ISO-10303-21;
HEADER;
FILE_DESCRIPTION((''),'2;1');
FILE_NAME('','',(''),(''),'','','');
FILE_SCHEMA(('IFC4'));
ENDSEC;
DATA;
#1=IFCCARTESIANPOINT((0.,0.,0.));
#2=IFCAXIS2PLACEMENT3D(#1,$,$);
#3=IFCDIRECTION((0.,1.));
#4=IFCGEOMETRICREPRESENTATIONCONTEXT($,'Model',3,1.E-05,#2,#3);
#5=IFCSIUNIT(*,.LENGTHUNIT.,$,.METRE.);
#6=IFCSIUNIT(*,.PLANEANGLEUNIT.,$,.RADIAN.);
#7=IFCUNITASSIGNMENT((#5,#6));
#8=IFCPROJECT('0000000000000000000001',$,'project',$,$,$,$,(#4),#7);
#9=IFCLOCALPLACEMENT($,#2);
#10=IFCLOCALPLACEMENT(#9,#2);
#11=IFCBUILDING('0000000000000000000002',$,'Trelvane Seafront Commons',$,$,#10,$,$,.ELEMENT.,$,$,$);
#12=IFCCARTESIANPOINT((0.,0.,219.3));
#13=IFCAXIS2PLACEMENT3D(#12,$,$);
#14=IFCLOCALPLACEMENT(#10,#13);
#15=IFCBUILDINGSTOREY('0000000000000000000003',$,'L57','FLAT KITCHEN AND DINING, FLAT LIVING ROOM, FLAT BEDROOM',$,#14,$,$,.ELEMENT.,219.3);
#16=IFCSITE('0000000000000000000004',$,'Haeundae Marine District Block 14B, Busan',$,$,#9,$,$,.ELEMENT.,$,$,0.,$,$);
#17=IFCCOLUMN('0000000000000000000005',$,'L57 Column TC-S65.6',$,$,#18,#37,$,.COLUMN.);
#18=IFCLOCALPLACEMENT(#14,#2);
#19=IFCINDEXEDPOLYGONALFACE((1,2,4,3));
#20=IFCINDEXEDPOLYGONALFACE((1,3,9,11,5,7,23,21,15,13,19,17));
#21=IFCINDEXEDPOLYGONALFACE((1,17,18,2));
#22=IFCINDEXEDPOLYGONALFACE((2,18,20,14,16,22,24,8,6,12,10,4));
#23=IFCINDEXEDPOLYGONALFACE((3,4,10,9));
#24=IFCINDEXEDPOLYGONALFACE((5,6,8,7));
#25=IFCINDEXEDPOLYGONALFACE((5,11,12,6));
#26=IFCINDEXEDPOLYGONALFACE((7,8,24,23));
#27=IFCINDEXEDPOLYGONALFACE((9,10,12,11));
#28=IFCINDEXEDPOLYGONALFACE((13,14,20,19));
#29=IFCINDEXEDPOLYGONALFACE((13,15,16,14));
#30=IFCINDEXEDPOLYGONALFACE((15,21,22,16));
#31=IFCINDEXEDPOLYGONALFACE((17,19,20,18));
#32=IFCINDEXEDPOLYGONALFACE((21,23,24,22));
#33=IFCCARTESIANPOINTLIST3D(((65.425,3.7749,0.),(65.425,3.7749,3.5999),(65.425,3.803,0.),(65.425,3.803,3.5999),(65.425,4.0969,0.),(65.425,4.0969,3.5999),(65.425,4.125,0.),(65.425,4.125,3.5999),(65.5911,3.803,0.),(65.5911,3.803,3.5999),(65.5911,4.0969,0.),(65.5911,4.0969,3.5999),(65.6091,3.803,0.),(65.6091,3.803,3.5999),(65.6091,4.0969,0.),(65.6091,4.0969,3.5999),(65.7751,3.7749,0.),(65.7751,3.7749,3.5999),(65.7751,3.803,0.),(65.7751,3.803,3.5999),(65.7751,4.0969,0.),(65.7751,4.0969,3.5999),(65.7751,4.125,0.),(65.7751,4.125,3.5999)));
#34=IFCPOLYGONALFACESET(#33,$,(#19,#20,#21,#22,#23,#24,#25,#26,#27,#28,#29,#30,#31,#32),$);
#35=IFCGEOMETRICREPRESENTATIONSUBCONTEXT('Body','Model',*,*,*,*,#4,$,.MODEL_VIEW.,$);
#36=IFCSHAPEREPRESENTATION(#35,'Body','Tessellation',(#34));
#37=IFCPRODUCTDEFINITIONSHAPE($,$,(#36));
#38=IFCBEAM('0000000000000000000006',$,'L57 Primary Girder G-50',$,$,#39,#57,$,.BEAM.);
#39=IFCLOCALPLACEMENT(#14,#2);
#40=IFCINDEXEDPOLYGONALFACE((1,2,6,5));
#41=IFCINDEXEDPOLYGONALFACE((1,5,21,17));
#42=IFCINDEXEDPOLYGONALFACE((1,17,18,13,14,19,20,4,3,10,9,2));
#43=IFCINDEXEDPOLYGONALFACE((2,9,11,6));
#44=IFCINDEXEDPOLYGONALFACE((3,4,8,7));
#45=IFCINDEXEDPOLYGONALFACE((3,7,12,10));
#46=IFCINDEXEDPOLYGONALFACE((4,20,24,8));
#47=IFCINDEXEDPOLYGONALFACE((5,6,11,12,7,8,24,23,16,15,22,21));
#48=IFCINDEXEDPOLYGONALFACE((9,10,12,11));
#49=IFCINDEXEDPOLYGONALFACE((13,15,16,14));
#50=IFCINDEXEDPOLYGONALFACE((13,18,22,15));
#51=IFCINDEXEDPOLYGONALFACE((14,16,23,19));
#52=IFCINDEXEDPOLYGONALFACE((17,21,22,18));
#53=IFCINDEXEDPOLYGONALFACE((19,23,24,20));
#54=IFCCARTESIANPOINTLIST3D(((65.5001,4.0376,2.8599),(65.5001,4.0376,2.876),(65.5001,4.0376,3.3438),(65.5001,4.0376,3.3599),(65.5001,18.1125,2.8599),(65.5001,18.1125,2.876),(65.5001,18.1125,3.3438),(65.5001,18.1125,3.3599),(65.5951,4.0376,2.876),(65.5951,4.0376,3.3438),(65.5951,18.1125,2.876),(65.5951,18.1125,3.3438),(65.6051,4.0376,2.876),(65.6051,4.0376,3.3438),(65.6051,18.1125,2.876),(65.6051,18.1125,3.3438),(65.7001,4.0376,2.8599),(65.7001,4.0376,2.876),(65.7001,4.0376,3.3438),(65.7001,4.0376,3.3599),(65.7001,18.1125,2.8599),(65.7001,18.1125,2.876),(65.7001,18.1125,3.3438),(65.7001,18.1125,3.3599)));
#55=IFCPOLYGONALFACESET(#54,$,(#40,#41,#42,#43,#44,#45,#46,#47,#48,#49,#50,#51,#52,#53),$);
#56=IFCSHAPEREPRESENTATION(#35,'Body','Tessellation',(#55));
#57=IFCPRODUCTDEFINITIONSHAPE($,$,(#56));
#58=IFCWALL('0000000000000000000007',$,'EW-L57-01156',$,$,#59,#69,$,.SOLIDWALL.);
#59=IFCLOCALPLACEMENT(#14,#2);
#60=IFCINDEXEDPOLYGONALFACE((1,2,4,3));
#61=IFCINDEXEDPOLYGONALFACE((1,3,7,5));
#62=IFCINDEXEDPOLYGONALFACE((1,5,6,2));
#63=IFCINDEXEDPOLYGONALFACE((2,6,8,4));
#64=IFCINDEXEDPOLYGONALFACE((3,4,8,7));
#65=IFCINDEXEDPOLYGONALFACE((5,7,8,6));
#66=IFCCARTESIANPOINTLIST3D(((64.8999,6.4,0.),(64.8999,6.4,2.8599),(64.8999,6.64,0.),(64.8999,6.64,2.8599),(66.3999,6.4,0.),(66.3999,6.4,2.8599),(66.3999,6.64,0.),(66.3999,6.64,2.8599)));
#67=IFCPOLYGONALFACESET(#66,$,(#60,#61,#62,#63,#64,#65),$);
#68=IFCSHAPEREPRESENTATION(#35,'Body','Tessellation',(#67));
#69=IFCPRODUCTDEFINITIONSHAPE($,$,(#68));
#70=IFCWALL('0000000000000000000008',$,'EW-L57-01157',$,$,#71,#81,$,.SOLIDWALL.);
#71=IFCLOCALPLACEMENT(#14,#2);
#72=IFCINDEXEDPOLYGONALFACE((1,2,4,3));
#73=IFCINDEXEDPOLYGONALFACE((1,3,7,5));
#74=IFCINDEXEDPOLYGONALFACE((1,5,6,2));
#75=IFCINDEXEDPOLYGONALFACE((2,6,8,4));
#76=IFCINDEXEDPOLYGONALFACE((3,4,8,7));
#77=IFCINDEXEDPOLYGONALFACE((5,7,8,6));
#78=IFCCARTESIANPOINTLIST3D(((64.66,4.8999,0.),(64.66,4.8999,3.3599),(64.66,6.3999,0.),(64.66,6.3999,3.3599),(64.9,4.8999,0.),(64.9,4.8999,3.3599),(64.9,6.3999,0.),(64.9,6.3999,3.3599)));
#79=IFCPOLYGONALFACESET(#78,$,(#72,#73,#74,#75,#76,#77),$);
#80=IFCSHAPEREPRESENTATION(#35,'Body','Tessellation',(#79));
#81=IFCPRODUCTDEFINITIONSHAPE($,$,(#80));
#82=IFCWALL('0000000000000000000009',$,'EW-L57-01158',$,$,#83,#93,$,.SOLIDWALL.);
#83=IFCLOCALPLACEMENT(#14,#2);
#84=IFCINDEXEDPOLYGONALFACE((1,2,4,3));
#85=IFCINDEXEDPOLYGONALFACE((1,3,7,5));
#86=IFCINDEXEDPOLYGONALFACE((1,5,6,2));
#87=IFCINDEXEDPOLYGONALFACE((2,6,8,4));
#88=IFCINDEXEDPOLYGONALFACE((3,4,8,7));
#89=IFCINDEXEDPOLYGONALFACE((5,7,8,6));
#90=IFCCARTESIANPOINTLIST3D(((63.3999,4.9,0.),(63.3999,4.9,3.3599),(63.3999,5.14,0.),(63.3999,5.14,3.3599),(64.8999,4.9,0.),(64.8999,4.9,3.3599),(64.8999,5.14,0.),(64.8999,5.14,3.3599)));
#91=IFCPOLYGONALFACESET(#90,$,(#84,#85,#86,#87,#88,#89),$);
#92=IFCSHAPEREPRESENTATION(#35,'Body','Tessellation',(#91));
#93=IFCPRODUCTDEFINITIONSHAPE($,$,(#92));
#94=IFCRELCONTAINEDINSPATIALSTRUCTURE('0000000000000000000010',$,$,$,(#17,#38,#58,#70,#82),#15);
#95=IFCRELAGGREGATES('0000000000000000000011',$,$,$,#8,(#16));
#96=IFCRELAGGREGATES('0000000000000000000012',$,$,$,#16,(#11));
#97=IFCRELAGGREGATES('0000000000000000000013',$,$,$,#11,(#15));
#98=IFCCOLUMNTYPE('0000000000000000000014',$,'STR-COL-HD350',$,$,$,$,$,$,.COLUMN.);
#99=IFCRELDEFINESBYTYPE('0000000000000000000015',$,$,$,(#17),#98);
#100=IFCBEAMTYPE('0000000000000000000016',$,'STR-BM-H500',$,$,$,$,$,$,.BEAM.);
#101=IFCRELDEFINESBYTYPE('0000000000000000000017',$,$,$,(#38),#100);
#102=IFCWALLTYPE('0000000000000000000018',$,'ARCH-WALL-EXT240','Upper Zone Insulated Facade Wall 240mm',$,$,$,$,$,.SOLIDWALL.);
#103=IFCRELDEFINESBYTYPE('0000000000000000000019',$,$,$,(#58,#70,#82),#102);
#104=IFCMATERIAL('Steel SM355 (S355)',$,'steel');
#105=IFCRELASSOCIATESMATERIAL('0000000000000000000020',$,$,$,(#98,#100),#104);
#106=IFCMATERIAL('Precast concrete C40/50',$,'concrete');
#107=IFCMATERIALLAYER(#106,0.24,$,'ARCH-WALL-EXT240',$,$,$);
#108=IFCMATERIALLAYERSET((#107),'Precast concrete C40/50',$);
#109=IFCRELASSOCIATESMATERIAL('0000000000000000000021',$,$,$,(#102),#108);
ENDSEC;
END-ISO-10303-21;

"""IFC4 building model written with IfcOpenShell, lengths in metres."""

from ifc_helpers import new_model, si_unit, direction, frame, frame_2d, origin, origin_2d, place, context, subcontext, project, spatial, rectangle, i_section, extrude, source, transform, mapped, material, layer, layer_set, material_profile, profile_set, type_object, element, save


model = new_model("IFC4")

# Units and contexts
model_context = context("Model", 3, precision=1e-05, world=origin(), true_north=direction((0.0, 1.0)))
body_context = subcontext(model_context, "Body", "Model", "MODEL_VIEW")
ifc_project = project(units=[si_unit("LENGTHUNIT", "METRE"), si_unit("PLANEANGLEUNIT", "RADIAN")], contexts=[model_context])

# Site, building, storey
site_placement = place(None, origin())
site = spatial("IfcSite", under=ifc_project, at=site_placement, Name="Haeundae Marine District Block 14B, Busan", CompositionType="ELEMENT", RefElevation=0.0)
building_placement = place(site_placement, origin())
building = spatial("IfcBuilding", under=site, at=building_placement, Name="Trelvane Seafront Commons", CompositionType="ELEMENT")
storey_placement = place(building_placement, frame((0.0, 0.0, 219.3)))
storey = spatial("IfcBuildingStorey", under=building, at=storey_placement, Name="L57", Description="FLAT KITCHEN AND DINING, FLAT LIVING ROOM, FLAT BEDROOM", CompositionType="ELEMENT", Elevation=219.3)

# Column
ifc_material_1 = material(Name="Steel SM355 (S355)", Category="steel")
ifc_material_profile_1 = material_profile(ifc_material_1, i_section(OverallWidth=0.3501, OverallDepth=0.3501, WebThickness=0.0181, FlangeThickness=0.0281, at=origin_2d()), Name="HD-350x350x18x28")
ifc_profile_set_1 = profile_set([ifc_material_profile_1], Name="Steel SM355 (S355)")
column_type = type_object("IfcColumnType", Name="STR-COL-HD350", PredefinedType="COLUMN", material=ifc_profile_set_1)
shared_shape_1 = source(origin(), body_context, "Body", "SweptSolid", [
    extrude(i_section(OverallWidth=0.3501, OverallDepth=0.3501, WebThickness=0.0181, FlangeThickness=0.0281, at=origin_2d()), origin(), (0.0, 0.0, 1.0), 3.5999),
])
column_placement = place(storey_placement, frame((65.6001, 3.95, 0.0), z_axis=(0.0, 0.0, 1.0), x_axis=(1.0, 0.0, 0.0)))
element("IfcColumn", 1, at=column_placement, inside=storey, type_object=column_type, Name="L57 Column TC-S65.6", PredefinedType="COLUMN", context=body_context, shape_type="MappedRepresentation", body=[
    mapped(shared_shape_1, transform((0.0, 0.0, 0.0), x_axis=(1.0, 0.0, 0.0), y_axis=(0.0, 1.0, 0.0), z_axis=(0.0, 0.0, 1.0), scale=1.0)),
])

# Beam
ifc_material_profile_2 = material_profile(ifc_material_1, i_section(OverallWidth=0.2, OverallDepth=0.5, WebThickness=0.01, FlangeThickness=0.0161, at=origin_2d()), Name="H-500x200x10x16")
ifc_profile_set_2 = profile_set([ifc_material_profile_2], Name="Steel SM355 (S355)")
beam_type = type_object("IfcBeamType", Name="STR-BM-H500", PredefinedType="BEAM", material=ifc_profile_set_2)
shared_shape_2 = source(origin(), body_context, "Body", "SweptSolid", [
    extrude(i_section(OverallWidth=0.2, OverallDepth=0.5, WebThickness=0.01, FlangeThickness=0.0161, at=origin_2d()), origin(), (0.0, 0.0, 1.0), 14.075),
])
beam_placement = place(storey_placement, frame((65.6001, 4.0376, 3.1099), z_axis=(0.0, 1.0, 0.0), x_axis=(-1.0, 0.0, 0.0)))
element("IfcBeam", 2, at=beam_placement, inside=storey, type_object=beam_type, Name="L57 Primary Girder G-50", PredefinedType="BEAM", context=body_context, shape_type="MappedRepresentation", body=[
    mapped(shared_shape_2, transform((0.0, 0.0, 0.0), x_axis=(1.0, 0.0, 0.0), y_axis=(0.0, 1.0, 0.0), z_axis=(0.0, 0.0, 1.0), scale=1.0)),
])

# Walls
ifc_material_2 = material(Name="Precast concrete C40/50", Category="concrete")
ifc_layer = layer(ifc_material_2, 0.24, Name="ARCH-WALL-EXT240")
ifc_layer_set = layer_set([ifc_layer], Name="Precast concrete C40/50")
wall_type = type_object("IfcWallType", Name="ARCH-WALL-EXT240", Description="Upper Zone Insulated Facade Wall 240mm", PredefinedType="SOLIDWALL", material=ifc_layer_set)
wall_1_placement = place(storey_placement, frame((66.3999, 6.52, 0.0), z_axis=(0.0, 0.0, 1.0), x_axis=(-1.0, 0.0, 0.0)))
element("IfcWall", 3, at=wall_1_placement, inside=storey, type_object=wall_type, Name="EW-L57-01156", PredefinedType="SOLIDWALL", context=body_context, shape_type="SweptSolid", body=[
    extrude(rectangle(XDim=1.5, YDim=0.24, at=frame_2d((0.75, 0.0))), origin(), (0.0, 0.0, 1.0), 2.8599),
])
for number, where, z_axis, x_axis, name in (
    (4, (64.78, 6.3999, 0.0), (0.0, 0.0, 1.0), (0.0, -1.0, 0.0), "EW-L57-01157"),
    (5, (64.8999, 5.02, 0.0), (0.0, 0.0, 1.0), (-1.0, 0.0, 0.0), "EW-L57-01158"),
):
    element("IfcWall", number, at=place(storey_placement, frame(where, z_axis=z_axis, x_axis=x_axis)), inside=storey, type_object=wall_type, Name=name, PredefinedType="SOLIDWALL", context=body_context, shape_type="SweptSolid", body=[
        extrude(rectangle(XDim=1.5, YDim=0.24, at=frame_2d((0.75, 0.0))), origin(), (0.0, 0.0, 1.0), 3.3599),
    ])

save(model, "model.ifc")
